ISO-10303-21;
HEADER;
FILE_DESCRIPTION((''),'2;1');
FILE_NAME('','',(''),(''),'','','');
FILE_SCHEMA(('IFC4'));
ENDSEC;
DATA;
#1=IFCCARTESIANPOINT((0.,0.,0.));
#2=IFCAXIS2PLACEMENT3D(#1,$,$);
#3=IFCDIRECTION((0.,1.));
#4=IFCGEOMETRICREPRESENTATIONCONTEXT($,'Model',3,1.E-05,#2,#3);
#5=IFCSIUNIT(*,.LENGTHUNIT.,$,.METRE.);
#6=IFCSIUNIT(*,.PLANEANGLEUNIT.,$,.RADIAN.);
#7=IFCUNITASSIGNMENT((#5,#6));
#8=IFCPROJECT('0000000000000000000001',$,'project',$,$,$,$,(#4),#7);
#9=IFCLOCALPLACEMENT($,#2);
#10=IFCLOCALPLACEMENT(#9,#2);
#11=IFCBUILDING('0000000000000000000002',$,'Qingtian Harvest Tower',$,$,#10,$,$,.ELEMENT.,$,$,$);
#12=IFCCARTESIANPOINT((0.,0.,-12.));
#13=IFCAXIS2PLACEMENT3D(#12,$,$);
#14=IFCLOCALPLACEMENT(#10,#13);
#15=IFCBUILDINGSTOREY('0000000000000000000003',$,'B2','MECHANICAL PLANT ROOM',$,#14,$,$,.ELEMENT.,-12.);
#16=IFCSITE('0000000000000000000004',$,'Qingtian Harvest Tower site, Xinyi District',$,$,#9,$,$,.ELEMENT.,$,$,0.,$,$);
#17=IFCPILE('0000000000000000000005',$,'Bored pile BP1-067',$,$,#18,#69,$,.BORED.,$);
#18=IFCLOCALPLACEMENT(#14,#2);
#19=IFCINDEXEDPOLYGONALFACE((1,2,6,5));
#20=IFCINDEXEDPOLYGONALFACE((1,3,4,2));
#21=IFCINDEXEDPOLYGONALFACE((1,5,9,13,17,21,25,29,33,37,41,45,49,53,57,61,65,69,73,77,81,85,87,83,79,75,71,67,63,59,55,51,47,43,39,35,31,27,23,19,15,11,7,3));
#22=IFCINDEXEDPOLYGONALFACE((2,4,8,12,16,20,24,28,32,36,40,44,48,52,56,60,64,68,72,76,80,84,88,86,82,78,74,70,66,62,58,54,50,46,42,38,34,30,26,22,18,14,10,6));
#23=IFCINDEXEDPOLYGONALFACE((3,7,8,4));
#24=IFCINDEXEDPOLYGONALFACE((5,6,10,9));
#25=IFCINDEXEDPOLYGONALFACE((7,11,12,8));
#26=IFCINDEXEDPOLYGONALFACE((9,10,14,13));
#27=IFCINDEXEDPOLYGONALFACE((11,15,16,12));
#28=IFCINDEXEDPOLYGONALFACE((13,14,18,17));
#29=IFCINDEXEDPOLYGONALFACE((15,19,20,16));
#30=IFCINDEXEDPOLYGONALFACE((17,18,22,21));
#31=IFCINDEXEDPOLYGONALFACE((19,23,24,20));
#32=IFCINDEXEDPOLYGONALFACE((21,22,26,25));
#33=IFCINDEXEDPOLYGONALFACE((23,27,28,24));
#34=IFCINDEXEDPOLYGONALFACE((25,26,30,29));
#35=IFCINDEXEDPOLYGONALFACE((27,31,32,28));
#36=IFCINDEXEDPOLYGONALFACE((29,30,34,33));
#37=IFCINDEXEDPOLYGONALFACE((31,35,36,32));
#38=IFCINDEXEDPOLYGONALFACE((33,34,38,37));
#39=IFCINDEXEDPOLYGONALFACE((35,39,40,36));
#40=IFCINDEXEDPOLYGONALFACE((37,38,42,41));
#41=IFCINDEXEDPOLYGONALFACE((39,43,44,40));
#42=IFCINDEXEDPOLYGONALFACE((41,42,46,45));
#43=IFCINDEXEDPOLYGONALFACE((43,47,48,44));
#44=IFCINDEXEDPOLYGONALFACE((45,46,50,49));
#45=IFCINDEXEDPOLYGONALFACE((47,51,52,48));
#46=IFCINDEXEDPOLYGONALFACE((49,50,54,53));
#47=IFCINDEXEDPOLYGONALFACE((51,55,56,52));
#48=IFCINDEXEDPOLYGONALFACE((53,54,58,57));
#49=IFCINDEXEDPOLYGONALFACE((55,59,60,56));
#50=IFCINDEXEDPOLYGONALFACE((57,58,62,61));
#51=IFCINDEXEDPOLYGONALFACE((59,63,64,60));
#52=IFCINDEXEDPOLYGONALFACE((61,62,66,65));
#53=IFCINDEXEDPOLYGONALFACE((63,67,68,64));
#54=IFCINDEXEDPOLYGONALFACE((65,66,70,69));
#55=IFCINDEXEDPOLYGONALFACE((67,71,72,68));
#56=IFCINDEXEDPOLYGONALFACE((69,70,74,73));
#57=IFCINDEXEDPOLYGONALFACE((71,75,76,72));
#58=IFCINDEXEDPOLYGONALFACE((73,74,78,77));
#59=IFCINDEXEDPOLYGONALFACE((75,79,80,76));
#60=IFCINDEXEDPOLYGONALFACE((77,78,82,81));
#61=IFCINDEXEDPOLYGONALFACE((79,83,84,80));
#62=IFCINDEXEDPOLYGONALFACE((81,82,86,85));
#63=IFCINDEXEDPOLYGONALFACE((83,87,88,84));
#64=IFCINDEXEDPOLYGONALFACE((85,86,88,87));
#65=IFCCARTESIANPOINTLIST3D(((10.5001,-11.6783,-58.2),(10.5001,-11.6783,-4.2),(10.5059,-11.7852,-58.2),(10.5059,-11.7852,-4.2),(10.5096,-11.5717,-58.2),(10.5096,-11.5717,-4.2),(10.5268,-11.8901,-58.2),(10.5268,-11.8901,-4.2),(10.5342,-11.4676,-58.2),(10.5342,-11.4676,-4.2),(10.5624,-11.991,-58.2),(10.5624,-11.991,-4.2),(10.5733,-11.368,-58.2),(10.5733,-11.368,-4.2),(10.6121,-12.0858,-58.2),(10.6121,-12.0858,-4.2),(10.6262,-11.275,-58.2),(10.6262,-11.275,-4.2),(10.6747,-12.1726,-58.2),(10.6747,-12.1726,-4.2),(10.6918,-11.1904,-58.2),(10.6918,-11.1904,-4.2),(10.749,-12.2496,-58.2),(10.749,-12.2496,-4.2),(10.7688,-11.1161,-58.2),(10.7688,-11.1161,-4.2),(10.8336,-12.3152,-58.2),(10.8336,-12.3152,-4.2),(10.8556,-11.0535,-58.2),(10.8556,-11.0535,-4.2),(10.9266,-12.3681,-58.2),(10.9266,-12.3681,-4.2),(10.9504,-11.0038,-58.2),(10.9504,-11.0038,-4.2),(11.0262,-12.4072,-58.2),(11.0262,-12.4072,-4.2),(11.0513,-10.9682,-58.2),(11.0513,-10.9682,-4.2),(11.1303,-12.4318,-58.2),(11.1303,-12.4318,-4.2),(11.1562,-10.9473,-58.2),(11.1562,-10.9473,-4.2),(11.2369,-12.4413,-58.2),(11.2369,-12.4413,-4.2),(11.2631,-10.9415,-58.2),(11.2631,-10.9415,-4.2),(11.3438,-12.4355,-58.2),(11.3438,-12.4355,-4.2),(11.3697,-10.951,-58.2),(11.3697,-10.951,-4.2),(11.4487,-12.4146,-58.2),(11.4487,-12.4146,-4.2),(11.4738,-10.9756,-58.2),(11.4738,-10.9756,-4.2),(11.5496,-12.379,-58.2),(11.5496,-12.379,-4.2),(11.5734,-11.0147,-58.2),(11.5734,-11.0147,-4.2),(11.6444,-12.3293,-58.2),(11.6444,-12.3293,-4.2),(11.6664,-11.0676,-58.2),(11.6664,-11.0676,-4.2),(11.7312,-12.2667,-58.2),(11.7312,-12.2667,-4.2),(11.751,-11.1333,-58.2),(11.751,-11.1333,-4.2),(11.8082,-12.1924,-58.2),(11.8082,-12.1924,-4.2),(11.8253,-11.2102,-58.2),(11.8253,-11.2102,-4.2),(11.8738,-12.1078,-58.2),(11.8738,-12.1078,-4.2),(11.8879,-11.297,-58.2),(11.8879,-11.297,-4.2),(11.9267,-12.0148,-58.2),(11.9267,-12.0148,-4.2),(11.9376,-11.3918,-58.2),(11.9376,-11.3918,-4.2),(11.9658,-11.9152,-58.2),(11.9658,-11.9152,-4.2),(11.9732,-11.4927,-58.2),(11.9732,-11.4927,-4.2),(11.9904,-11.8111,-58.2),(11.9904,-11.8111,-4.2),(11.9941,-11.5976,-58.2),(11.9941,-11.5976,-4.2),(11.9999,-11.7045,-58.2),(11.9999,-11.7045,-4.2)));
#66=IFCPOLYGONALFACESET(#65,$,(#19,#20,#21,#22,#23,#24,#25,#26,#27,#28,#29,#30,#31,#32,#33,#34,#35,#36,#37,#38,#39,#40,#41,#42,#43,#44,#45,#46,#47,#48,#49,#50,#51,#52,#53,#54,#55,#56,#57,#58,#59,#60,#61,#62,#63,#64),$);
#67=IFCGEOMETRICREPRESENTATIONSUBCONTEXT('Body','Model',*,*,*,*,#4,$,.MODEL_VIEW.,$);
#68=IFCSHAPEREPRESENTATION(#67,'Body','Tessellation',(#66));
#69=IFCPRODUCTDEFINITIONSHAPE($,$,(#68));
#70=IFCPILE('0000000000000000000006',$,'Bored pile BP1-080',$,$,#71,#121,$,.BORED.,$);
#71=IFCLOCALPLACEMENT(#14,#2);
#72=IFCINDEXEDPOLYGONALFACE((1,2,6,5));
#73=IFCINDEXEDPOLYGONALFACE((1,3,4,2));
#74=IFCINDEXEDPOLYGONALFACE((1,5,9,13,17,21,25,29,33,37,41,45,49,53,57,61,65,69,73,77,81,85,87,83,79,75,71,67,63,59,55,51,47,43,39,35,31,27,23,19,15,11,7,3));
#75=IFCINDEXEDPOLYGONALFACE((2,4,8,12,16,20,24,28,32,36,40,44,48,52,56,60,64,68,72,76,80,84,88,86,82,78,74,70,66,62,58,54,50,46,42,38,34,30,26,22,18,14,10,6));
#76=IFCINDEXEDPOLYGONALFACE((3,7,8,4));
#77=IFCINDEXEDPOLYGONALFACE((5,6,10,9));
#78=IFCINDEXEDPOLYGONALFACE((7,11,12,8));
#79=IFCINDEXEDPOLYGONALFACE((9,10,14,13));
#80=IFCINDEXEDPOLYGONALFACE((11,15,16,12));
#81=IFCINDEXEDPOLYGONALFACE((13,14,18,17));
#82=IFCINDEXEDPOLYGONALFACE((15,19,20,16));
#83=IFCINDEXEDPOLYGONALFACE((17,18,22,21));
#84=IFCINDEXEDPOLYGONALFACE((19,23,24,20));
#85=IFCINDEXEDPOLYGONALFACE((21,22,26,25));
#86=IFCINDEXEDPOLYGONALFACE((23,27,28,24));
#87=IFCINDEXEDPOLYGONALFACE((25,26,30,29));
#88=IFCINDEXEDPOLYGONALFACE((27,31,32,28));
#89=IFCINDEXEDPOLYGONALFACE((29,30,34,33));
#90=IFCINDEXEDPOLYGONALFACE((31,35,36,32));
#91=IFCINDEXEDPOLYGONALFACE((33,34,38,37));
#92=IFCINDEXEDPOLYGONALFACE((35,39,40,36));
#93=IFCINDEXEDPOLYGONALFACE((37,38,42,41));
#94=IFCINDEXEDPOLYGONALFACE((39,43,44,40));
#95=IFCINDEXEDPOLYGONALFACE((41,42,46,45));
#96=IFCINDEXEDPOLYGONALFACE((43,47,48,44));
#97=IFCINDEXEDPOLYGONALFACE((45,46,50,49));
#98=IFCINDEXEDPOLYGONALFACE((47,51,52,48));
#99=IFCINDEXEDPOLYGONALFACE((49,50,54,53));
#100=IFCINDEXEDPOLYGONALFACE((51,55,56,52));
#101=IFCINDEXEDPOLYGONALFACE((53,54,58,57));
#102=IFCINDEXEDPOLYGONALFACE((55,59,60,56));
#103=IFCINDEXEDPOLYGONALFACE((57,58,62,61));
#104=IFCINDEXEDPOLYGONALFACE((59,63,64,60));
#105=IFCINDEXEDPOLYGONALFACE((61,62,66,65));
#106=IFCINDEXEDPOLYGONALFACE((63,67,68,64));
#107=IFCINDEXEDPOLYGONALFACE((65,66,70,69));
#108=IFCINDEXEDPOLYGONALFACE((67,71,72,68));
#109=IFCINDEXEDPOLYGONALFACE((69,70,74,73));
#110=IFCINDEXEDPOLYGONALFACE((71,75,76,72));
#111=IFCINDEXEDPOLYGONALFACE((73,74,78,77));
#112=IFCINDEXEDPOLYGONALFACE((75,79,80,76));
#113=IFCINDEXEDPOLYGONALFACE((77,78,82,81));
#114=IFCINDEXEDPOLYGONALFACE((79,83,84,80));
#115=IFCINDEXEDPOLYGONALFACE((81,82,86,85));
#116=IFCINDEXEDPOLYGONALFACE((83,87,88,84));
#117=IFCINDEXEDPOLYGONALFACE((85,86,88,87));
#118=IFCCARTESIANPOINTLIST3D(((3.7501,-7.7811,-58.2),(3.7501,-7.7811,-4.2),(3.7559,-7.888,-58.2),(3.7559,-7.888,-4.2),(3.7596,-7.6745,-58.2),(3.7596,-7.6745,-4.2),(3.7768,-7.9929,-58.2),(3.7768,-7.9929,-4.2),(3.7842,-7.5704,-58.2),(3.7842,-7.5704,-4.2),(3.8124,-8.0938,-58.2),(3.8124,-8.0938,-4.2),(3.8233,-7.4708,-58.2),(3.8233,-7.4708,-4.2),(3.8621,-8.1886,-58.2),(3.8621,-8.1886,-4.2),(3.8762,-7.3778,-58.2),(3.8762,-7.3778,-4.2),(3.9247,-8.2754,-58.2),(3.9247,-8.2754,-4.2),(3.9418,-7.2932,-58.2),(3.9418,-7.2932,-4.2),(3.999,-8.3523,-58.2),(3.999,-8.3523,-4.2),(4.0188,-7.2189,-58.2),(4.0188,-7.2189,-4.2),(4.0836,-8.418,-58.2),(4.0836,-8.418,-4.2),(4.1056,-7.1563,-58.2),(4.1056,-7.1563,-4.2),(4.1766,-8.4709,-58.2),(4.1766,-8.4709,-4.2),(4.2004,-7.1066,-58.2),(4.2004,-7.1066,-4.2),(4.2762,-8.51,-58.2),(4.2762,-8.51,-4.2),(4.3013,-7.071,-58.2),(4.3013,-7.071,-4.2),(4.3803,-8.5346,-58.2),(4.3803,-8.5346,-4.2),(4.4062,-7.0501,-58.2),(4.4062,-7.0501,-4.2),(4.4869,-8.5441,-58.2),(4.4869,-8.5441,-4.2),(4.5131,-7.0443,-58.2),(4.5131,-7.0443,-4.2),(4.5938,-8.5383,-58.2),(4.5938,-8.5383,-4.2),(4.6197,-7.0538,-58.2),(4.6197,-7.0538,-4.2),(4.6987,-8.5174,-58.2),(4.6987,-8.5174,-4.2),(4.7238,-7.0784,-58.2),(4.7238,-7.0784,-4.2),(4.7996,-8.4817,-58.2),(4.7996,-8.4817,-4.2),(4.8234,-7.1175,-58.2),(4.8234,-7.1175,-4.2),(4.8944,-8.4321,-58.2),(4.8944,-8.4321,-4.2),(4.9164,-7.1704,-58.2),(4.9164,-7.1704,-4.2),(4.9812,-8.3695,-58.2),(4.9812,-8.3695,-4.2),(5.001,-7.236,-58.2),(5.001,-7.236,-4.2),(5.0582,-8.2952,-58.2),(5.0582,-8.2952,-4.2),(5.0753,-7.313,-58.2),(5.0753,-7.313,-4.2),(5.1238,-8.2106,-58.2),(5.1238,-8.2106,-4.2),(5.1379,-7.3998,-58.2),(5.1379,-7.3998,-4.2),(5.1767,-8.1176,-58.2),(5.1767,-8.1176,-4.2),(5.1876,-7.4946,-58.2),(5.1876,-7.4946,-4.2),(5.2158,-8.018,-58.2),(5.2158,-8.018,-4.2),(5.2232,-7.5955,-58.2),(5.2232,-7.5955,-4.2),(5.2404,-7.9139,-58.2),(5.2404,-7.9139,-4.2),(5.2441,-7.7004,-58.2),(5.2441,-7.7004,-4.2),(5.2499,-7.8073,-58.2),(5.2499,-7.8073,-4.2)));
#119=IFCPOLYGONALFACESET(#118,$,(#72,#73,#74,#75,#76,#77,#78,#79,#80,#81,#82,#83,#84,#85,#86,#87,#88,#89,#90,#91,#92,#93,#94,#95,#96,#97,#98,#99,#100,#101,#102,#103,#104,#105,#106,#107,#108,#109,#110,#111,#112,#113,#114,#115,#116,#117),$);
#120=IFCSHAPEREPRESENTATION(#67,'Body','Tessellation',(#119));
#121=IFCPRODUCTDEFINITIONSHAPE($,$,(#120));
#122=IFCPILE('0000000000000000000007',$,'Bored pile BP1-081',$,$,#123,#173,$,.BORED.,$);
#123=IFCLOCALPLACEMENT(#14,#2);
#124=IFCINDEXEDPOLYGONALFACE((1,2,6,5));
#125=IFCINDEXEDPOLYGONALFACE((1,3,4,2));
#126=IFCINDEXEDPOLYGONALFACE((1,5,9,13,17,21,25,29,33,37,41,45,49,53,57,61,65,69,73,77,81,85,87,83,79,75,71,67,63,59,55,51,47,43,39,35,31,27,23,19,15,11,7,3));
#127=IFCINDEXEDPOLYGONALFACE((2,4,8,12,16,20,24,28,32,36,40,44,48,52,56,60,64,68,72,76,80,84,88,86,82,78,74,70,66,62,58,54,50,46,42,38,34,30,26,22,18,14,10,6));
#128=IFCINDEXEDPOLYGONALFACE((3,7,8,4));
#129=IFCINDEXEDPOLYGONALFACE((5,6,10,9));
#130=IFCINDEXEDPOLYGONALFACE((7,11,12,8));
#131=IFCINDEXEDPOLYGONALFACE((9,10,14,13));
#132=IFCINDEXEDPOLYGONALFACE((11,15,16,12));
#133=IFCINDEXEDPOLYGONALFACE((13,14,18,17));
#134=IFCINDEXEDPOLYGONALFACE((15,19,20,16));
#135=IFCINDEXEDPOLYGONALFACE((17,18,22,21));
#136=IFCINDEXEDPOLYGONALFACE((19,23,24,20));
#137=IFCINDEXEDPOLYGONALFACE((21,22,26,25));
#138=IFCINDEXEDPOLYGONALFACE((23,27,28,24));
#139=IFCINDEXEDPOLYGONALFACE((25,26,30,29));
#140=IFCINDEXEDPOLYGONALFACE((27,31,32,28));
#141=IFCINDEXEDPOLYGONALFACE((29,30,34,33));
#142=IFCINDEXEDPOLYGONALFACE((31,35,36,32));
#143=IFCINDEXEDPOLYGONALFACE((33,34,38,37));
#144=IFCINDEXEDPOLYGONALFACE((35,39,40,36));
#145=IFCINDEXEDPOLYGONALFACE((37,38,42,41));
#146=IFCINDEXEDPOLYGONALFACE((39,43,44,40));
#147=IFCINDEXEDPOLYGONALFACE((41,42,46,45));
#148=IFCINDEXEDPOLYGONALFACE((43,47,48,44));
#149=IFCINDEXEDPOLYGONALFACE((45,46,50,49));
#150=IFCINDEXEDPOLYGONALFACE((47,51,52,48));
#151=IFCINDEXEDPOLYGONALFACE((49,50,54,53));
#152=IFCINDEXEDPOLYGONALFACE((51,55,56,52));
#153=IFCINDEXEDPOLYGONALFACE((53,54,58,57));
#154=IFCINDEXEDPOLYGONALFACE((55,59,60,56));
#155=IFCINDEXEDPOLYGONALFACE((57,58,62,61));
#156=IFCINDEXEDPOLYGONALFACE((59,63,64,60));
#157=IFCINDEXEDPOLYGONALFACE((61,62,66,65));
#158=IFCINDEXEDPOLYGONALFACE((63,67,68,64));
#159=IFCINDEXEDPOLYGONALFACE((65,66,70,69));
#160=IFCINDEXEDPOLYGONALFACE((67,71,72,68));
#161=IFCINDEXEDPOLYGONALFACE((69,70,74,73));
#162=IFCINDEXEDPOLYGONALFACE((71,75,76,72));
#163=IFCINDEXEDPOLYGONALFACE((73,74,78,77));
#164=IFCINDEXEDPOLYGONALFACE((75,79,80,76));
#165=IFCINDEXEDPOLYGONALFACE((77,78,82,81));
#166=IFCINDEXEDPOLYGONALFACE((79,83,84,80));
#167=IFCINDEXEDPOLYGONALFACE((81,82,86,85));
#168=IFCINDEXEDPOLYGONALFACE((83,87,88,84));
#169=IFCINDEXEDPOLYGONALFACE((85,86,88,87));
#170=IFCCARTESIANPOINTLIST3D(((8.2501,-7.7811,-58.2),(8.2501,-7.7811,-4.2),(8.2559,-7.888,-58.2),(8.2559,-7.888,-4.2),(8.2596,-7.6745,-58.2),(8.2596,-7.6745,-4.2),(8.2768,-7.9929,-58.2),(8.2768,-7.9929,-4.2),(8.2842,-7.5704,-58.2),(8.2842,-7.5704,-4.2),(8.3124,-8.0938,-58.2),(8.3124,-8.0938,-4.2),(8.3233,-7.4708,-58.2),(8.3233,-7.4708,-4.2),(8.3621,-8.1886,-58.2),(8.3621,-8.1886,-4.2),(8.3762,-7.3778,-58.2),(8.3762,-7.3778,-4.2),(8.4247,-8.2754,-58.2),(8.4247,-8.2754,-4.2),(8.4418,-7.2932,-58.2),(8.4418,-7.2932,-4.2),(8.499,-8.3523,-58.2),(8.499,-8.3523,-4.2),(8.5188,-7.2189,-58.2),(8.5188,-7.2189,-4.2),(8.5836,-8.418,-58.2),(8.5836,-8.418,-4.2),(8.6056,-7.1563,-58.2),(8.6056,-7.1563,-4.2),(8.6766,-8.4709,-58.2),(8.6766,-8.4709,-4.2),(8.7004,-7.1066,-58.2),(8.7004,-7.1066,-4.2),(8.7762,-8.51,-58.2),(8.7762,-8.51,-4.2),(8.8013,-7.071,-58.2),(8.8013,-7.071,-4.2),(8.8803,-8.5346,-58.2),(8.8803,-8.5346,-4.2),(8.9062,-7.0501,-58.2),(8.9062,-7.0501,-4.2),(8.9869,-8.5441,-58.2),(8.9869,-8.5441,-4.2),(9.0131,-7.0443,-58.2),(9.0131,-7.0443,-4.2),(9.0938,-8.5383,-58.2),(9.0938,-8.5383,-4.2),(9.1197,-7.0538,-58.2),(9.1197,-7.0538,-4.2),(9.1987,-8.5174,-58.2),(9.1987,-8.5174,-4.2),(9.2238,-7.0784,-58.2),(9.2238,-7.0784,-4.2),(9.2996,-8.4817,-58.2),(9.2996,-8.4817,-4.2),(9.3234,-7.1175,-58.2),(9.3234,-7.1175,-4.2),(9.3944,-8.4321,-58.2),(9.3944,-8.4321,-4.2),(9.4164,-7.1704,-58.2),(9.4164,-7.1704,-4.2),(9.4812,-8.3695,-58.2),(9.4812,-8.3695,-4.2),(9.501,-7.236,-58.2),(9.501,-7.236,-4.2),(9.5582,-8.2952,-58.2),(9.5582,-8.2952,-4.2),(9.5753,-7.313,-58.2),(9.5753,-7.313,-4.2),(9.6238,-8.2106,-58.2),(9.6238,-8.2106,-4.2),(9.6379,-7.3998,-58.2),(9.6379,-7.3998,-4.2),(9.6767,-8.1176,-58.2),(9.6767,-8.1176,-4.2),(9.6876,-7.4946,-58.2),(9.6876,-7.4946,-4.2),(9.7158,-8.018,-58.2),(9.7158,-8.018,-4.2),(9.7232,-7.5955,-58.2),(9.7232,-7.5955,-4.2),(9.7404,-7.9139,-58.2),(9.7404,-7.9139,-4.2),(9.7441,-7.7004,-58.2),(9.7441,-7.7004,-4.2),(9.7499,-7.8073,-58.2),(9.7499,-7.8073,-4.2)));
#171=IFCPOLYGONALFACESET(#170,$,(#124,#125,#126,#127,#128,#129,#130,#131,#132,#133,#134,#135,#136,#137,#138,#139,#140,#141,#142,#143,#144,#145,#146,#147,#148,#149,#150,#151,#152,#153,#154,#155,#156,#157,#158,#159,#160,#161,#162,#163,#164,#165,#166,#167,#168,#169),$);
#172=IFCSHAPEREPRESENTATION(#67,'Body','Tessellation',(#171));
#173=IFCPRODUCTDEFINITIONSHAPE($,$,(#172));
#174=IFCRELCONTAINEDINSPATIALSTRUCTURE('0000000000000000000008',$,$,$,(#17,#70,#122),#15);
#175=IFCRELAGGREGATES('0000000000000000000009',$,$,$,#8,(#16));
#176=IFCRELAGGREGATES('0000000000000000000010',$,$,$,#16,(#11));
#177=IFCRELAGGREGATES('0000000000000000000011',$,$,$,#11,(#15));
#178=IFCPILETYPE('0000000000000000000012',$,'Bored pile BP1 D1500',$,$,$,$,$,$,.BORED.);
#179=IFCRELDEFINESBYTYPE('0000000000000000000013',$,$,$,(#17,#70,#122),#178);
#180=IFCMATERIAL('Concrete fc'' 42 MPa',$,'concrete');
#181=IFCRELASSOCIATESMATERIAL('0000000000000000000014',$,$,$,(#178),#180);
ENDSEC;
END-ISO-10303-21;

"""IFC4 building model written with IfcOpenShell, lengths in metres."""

from ifc_helpers import new_model, si_unit, direction, frame, frame_2d, origin, place, context, subcontext, project, spatial, circle, extrude, material, material_profile, profile_set, type_object, element, save


model = new_model("IFC4")

# Units and contexts
model_context = context("Model", 3, precision=1e-05, world=origin(), true_north=direction((0.0, 1.0)))
body_context = subcontext(model_context, "Body", "Model", "MODEL_VIEW")
ifc_project = project(units=[si_unit("LENGTHUNIT", "METRE"), si_unit("PLANEANGLEUNIT", "RADIAN")], contexts=[model_context])

# Site, building, storey
site_placement = place(None, origin())
site = spatial("IfcSite", under=ifc_project, at=site_placement, Name="Qingtian Harvest Tower site, Xinyi District", CompositionType="ELEMENT", RefElevation=0.0)
building_placement = place(site_placement, origin())
building = spatial("IfcBuilding", under=site, at=building_placement, Name="Qingtian Harvest Tower", CompositionType="ELEMENT")
storey_placement = place(building_placement, frame((0.0, 0.0, -12.0)))
storey = spatial("IfcBuildingStorey", under=building, at=storey_placement, Name="B2", Description="MECHANICAL PLANT ROOM", CompositionType="ELEMENT", Elevation=-12.0)

# Piles
ifc_material_1 = material(Name="Concrete fc' 42 MPa", Category="concrete")
ifc_material_profile = material_profile(ifc_material_1, circle(Radius=0.75, at=frame_2d((0.0, 0.0), x_axis=(0.999848, 0.017452))), Name="Bored pile BP1 D1500")
ifc_profile_set = profile_set([ifc_material_profile], Name="Concrete fc' 42 MPa")
pile_type = type_object("IfcPileType", Name="Bored pile BP1 D1500", PredefinedType="BORED", material=ifc_profile_set)
for number, where, z_axis, x_axis, name in (
    (1, (11.25, -11.6914, -4.2), (0.0, 0.0, -1.0), (1.0, 0.0, 0.0), "Bored pile BP1-067"),
    (2, (4.5, -7.7942, -4.2), (0.0, 0.0, -1.0), (1.0, 0.0, 0.0), "Bored pile BP1-080"),
    (3, (9.0, -7.7942, -4.2), (0.0, 0.0, -1.0), (1.0, 0.0, 0.0), "Bored pile BP1-081"),
):
    element("IfcPile", number, at=place(storey_placement, frame(where, z_axis=z_axis, x_axis=x_axis)), inside=storey, type_object=pile_type, Name=name, PredefinedType="BORED", context=body_context, shape_type="SweptSolid", body=[
        extrude(circle(Radius=0.75, at=frame_2d((0.0, 0.0), x_axis=(0.999848, 0.017452))), origin(), (0.0, 0.0, 1.0), 54.0),
    ])

save(model, "model.ifc")
